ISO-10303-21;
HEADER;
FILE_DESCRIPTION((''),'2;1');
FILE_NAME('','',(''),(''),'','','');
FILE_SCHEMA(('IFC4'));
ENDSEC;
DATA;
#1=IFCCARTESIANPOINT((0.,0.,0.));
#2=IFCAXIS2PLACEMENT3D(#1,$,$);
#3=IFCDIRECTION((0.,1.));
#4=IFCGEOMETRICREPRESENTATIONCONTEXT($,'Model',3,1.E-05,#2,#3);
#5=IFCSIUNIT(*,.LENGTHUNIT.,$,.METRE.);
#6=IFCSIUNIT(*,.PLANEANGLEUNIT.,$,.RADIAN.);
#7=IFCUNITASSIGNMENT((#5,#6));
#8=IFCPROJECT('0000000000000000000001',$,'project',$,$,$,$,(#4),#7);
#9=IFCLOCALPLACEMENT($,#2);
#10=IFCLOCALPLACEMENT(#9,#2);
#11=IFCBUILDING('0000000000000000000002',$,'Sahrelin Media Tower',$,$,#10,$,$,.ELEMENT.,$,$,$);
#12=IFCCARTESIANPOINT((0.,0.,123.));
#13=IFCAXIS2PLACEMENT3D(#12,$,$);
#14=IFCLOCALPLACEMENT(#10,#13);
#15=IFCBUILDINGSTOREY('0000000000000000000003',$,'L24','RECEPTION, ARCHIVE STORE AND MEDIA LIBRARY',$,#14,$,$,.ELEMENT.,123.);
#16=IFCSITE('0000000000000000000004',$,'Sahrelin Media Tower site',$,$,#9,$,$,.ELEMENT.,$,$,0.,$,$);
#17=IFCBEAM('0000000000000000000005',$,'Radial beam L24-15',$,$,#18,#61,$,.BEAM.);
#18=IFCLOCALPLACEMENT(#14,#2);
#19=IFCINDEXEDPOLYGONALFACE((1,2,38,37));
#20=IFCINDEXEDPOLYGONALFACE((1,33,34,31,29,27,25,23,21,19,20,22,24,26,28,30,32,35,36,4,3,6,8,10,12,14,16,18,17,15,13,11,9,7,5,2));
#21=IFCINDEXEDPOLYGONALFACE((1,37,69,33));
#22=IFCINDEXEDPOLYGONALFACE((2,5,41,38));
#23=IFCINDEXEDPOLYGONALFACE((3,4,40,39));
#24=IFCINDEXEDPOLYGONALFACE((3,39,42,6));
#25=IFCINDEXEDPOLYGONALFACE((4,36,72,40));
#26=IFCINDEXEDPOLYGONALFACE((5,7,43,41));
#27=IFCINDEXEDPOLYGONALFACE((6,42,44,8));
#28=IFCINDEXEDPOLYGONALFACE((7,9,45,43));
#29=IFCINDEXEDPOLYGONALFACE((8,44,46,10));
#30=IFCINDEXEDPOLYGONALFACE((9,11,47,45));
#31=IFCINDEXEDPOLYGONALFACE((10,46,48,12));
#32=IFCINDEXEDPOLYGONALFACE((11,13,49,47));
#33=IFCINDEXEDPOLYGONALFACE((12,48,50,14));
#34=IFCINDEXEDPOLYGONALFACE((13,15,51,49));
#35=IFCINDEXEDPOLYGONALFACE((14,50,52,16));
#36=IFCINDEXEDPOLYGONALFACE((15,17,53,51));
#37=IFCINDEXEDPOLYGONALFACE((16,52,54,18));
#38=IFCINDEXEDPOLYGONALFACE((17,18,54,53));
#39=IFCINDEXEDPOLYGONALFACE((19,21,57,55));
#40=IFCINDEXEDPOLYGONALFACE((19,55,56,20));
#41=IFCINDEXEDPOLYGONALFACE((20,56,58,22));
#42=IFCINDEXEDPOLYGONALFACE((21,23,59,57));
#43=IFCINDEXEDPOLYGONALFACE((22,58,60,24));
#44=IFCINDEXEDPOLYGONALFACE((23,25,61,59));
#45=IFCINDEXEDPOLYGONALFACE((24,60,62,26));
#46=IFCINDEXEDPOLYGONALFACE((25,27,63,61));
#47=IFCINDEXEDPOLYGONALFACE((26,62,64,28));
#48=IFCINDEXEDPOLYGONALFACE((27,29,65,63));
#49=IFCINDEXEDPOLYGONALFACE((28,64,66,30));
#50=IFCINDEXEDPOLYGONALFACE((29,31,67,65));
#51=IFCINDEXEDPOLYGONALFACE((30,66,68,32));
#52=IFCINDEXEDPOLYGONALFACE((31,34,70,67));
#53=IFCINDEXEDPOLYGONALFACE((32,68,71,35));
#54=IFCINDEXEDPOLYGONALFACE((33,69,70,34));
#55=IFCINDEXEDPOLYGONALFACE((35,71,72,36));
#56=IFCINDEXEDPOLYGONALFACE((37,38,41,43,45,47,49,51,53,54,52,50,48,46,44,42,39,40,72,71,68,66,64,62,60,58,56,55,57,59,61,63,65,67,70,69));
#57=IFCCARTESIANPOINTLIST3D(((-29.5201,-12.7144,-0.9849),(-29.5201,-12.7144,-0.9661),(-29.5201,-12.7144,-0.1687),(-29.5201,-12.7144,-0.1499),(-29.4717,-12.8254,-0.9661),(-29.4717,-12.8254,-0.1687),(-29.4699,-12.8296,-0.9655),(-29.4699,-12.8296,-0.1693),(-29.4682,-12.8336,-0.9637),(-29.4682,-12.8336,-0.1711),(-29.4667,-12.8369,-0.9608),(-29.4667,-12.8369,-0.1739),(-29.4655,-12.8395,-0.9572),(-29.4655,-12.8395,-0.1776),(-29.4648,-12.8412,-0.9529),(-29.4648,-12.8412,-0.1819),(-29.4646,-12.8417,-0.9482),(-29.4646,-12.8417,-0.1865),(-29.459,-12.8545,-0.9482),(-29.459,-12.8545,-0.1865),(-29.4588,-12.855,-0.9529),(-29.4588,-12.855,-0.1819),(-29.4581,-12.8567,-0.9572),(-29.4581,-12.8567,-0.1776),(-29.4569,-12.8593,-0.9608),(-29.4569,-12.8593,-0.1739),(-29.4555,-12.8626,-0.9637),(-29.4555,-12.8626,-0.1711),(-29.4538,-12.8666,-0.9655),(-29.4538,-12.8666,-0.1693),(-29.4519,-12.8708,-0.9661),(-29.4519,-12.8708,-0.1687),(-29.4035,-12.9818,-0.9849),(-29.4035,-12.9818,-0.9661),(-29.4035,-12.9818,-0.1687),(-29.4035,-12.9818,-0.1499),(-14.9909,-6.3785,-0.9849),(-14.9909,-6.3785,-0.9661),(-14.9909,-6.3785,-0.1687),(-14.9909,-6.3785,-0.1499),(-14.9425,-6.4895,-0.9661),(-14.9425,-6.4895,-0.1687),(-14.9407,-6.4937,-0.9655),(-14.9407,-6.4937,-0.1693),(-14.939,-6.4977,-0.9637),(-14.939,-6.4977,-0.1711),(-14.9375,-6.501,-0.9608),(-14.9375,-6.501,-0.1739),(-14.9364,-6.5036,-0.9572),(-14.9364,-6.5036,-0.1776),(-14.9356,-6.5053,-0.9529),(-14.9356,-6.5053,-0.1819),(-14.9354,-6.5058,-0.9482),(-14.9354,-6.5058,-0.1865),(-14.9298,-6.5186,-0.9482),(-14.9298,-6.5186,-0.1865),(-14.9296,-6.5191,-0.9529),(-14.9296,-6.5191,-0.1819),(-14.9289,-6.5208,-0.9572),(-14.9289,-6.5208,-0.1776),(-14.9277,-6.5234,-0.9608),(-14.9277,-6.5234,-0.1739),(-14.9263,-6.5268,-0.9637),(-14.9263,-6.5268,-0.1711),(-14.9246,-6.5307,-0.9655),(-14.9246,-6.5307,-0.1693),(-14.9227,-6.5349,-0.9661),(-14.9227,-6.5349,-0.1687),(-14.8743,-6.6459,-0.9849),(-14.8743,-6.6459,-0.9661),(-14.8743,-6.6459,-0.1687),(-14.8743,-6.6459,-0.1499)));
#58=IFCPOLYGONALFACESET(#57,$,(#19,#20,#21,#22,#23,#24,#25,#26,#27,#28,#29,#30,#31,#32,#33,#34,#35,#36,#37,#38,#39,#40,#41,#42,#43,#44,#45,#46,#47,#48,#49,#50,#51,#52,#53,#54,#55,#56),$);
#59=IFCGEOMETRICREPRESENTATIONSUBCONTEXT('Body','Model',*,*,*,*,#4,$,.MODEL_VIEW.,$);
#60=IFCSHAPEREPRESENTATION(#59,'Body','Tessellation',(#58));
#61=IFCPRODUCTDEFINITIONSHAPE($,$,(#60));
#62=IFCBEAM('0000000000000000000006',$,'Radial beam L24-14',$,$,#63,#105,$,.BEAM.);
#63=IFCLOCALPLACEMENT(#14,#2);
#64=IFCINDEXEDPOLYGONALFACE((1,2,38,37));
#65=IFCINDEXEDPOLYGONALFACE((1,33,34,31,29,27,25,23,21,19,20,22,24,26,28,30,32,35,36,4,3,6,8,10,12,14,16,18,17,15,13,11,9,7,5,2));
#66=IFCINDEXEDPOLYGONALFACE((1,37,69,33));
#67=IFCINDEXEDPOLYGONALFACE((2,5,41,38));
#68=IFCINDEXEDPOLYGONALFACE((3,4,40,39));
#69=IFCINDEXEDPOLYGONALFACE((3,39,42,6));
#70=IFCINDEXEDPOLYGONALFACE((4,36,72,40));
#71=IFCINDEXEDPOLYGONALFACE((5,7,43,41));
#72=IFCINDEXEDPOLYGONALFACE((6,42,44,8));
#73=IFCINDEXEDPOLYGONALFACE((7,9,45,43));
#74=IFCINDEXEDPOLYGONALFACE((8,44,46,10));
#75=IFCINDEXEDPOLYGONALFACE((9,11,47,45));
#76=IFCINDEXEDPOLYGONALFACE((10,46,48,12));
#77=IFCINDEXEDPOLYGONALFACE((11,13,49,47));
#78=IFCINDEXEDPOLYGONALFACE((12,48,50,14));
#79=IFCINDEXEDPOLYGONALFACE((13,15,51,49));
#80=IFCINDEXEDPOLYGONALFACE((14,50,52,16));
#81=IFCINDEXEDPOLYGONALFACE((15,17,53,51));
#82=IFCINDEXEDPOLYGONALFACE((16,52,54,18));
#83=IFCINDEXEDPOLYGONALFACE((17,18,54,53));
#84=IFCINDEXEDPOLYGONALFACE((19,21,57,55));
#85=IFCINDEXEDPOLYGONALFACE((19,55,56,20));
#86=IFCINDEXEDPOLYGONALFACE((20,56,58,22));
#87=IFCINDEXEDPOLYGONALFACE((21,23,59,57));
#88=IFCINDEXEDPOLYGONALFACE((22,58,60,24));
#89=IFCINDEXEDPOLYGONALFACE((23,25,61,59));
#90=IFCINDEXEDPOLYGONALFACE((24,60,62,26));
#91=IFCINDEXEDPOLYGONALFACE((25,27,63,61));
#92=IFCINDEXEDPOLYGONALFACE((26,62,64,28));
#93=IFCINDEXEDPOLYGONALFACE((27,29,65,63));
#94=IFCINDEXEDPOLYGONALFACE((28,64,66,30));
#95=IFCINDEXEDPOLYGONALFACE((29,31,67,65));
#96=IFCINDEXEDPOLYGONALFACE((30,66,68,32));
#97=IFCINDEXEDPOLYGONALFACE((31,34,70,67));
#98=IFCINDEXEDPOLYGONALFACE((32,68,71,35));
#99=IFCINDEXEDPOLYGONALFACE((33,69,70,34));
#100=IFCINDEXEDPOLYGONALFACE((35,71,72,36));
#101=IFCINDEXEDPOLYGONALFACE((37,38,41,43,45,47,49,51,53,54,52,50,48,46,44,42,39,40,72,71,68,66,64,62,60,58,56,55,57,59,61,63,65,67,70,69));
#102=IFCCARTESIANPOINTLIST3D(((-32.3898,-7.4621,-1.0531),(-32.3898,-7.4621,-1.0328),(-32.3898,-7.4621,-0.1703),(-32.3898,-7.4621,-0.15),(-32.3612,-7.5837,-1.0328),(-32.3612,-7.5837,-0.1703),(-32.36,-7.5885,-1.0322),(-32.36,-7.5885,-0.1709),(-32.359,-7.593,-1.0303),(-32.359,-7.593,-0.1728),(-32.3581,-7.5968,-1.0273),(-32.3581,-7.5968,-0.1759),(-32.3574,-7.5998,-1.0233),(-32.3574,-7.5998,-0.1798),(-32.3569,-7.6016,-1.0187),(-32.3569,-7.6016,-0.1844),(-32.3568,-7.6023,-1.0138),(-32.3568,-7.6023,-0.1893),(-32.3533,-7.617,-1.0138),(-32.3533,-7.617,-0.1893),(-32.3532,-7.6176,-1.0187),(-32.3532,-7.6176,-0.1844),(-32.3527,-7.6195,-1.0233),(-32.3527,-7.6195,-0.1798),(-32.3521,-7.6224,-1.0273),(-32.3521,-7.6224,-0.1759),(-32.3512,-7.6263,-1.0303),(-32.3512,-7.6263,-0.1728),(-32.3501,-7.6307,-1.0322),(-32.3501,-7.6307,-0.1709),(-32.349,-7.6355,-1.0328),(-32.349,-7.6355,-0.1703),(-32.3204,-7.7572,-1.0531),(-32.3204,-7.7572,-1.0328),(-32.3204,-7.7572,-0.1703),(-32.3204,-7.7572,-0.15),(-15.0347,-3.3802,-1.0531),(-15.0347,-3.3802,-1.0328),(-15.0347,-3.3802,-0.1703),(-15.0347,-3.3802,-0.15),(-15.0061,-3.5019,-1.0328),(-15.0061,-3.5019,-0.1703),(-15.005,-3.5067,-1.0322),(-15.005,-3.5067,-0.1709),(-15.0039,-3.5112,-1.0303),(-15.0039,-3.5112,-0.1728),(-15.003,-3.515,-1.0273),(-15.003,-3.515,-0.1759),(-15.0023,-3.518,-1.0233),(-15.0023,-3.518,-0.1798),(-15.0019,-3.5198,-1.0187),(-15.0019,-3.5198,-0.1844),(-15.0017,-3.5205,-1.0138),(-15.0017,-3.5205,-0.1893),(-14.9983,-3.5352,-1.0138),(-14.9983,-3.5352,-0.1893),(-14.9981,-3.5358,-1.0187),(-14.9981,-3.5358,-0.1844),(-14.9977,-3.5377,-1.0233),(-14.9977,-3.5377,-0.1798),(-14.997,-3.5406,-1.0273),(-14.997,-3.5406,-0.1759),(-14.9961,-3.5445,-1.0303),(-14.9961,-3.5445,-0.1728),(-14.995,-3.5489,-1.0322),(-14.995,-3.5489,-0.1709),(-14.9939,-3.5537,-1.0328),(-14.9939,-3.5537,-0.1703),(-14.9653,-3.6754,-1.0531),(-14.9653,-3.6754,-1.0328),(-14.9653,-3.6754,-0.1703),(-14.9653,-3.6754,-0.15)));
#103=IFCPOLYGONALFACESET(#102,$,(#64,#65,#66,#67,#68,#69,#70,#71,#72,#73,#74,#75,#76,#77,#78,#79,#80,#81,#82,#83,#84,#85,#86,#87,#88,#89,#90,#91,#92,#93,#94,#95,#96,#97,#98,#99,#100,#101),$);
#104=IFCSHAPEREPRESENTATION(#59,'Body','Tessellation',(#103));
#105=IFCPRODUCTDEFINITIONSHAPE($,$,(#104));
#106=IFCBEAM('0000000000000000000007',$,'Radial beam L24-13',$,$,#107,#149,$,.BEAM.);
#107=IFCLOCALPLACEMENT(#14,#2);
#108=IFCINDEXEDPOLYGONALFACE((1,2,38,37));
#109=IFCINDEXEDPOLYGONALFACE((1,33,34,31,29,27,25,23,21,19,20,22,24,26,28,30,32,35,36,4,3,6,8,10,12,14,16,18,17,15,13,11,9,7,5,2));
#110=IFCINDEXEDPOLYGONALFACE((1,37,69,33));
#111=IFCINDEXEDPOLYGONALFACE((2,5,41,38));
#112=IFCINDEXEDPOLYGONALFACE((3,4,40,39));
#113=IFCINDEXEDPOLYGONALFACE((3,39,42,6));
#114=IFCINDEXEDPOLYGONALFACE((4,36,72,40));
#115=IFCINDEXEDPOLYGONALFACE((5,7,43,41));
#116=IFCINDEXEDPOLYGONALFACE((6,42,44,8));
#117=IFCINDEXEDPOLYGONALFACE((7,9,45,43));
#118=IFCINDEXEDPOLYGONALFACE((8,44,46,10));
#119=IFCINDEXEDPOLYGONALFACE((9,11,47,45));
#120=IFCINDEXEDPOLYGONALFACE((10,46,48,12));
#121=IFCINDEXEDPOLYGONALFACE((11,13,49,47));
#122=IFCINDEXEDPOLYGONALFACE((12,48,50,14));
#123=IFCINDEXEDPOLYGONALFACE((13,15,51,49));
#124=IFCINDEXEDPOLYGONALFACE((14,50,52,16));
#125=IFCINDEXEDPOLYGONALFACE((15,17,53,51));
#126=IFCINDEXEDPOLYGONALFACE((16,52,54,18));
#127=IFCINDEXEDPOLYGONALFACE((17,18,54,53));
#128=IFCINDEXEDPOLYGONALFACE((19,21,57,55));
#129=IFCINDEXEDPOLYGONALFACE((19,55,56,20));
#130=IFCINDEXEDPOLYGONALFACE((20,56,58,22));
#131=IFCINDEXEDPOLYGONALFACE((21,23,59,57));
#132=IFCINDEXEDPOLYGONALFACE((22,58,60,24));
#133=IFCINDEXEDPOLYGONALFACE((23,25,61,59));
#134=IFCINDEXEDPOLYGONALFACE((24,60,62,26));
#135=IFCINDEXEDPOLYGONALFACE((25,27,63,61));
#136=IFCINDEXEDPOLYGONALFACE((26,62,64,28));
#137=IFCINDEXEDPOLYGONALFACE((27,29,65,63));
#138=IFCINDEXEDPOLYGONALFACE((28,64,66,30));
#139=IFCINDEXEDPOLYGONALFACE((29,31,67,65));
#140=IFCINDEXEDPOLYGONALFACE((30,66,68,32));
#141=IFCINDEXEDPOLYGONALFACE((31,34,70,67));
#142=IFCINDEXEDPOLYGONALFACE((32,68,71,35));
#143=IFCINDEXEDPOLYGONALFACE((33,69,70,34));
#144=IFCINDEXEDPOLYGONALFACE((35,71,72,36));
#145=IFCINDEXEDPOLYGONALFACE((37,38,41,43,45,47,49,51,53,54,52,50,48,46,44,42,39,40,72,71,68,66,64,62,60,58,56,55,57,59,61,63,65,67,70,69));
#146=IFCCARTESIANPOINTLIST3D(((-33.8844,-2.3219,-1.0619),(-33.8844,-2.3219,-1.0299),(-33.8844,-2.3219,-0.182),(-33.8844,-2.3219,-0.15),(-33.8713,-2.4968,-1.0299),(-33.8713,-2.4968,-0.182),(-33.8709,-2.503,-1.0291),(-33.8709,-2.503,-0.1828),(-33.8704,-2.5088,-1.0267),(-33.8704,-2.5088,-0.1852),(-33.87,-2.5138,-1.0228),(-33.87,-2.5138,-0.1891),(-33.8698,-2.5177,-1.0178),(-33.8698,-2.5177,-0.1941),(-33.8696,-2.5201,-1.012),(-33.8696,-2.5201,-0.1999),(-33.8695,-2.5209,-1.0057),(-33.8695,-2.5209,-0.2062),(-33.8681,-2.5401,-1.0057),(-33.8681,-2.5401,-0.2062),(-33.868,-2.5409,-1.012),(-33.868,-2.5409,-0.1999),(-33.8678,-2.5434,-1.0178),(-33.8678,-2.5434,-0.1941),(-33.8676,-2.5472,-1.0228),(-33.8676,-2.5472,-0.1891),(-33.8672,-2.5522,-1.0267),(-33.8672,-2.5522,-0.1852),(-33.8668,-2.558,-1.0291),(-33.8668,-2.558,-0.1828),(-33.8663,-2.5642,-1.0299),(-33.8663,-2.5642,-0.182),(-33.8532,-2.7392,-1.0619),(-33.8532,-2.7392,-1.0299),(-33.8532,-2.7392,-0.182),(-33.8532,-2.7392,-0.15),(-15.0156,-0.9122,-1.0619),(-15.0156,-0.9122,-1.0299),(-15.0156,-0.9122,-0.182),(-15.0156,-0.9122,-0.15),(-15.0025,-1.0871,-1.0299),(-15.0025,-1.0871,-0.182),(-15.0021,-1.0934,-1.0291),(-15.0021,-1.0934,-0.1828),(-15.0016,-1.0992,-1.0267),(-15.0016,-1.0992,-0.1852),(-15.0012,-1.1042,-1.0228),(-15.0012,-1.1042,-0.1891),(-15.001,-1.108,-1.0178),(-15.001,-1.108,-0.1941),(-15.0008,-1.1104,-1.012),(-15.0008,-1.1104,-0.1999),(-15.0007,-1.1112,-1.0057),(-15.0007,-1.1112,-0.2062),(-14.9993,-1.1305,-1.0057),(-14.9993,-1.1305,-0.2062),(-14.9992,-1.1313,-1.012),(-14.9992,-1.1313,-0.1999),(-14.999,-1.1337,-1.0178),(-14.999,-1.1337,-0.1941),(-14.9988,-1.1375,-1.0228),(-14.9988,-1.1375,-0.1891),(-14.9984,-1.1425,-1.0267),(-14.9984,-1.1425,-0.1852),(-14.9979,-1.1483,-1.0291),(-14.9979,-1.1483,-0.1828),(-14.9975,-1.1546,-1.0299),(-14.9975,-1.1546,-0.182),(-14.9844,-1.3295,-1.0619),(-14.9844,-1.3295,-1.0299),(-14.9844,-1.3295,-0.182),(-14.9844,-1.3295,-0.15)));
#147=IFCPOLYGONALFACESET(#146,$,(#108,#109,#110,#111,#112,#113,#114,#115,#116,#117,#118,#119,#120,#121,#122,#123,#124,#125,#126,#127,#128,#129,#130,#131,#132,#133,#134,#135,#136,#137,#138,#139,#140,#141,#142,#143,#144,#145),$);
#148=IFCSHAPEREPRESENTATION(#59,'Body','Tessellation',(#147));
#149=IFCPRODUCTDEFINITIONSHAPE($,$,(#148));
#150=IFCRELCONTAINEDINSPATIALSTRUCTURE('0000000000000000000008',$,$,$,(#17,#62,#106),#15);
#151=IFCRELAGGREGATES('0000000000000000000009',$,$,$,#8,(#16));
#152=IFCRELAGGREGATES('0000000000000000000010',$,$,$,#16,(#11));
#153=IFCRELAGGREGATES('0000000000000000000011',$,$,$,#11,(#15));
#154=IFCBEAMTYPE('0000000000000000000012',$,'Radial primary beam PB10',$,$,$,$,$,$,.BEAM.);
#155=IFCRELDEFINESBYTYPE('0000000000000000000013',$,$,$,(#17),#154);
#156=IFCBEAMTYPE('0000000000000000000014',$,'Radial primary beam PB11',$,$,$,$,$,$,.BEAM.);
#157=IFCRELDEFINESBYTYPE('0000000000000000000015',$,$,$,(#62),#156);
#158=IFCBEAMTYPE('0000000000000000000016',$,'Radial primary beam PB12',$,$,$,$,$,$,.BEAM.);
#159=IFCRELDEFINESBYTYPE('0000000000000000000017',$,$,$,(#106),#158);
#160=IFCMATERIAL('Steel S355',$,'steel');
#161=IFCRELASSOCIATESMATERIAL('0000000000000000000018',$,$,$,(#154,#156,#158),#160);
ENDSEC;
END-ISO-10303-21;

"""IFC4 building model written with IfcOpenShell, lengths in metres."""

from ifc_helpers import new_model, si_unit, direction, frame, origin, origin_2d, place, context, subcontext, project, spatial, i_section, extrude, material, material_profile, profile_set, type_object, element, save


model = new_model("IFC4")

# Units and contexts
model_context = context("Model", 3, precision=1e-05, world=origin(), true_north=direction((0.0, 1.0)))
body_context = subcontext(model_context, "Body", "Model", "MODEL_VIEW")
ifc_project = project(units=[si_unit("LENGTHUNIT", "METRE"), si_unit("PLANEANGLEUNIT", "RADIAN")], contexts=[model_context])

# Site, building, storey
site_placement = place(None, origin())
site = spatial("IfcSite", under=ifc_project, at=site_placement, Name="Sahrelin Media Tower site", CompositionType="ELEMENT", RefElevation=0.0)
building_placement = place(site_placement, origin())
building = spatial("IfcBuilding", under=site, at=building_placement, Name="Sahrelin Media Tower", CompositionType="ELEMENT")
storey_placement = place(building_placement, frame((0.0, 0.0, 123.0)))
storey = spatial("IfcBuildingStorey", under=building, at=storey_placement, Name="L24", Description="RECEPTION, ARCHIVE STORE AND MEDIA LIBRARY", CompositionType="ELEMENT", Elevation=123.0)

# Beams
ifc_material_1 = material(Name="Steel S355", Category="steel")
ifc_material_profile_1 = material_profile(ifc_material_1, i_section(OverallWidth=0.2917, OverallDepth=0.835, WebThickness=0.0139, FlangeThickness=0.0188, FilletRadius=0.0178, at=origin_2d()), Name="UB 838x292x176")
ifc_profile_set_1 = profile_set([ifc_material_profile_1], Name="Steel S355")
beam_type_1 = type_object("IfcBeamType", Name="Radial primary beam PB10", PredefinedType="BEAM", material=ifc_profile_set_1)
beam_1_placement = place(storey_placement, frame((-14.9326, -6.5122, -0.5674), z_axis=(-0.916635, -0.399726, 0.0), x_axis=(0.399726, -0.916635, 0.0)))
element("IfcBeam", 1, at=beam_1_placement, inside=storey, type_object=beam_type_1, Name="Radial beam L24-15", PredefinedType="BEAM", context=body_context, shape_type="SweptSolid", body=[
    extrude(i_section(OverallWidth=0.2917, OverallDepth=0.835, WebThickness=0.0139, FlangeThickness=0.0188, FilletRadius=0.0178, at=origin_2d()), origin(), (0.0, 0.0, 1.0), 15.8506),
])
ifc_material_profile_2 = material_profile(ifc_material_1, i_section(OverallWidth=0.3032, OverallDepth=0.9031, WebThickness=0.0151, FlangeThickness=0.0203, FilletRadius=0.019, at=origin_2d()), Name="UB 914x305x201")
ifc_profile_set_2 = profile_set([ifc_material_profile_2], Name="Steel S355")
beam_type_2 = type_object("IfcBeamType", Name="Radial primary beam PB11", PredefinedType="BEAM", material=ifc_profile_set_2)
beam_2_placement = place(storey_placement, frame((-15.0, -3.5278, -0.6016), z_axis=(-0.973439, -0.228947, 0.0), x_axis=(0.228947, -0.973439, 0.0)))
element("IfcBeam", 2, at=beam_2_placement, inside=storey, type_object=beam_type_2, Name="Radial beam L24-14", PredefinedType="BEAM", context=body_context, shape_type="SweptSolid", body=[
    extrude(i_section(OverallWidth=0.3032, OverallDepth=0.9031, WebThickness=0.0151, FlangeThickness=0.0203, FilletRadius=0.019, at=origin_2d()), origin(), (0.0, 0.0, 1.0), 17.8286),
])
ifc_material_profile_3 = material_profile(ifc_material_1, i_section(OverallWidth=0.4185, OverallDepth=0.9119, WebThickness=0.0193, FlangeThickness=0.032, FilletRadius=0.0242, at=origin_2d()), Name="UB 914x419x343")
ifc_profile_set_3 = profile_set([ifc_material_profile_3], Name="Steel S355")
beam_type_3 = type_object("IfcBeamType", Name="Radial primary beam PB12", PredefinedType="BEAM", material=ifc_profile_set_3)
beam_3_placement = place(storey_placement, frame((-15.0, -1.1208, -0.606), z_axis=(-0.997221, -0.074501, 0.0), x_axis=(0.074501, -0.997221, 0.0)))
element("IfcBeam", 3, at=beam_3_placement, inside=storey, type_object=beam_type_3, Name="Radial beam L24-13", PredefinedType="BEAM", context=body_context, shape_type="SweptSolid", body=[
    extrude(i_section(OverallWidth=0.4185, OverallDepth=0.9119, WebThickness=0.0193, FlangeThickness=0.032, FilletRadius=0.0242, at=origin_2d()), origin(), (0.0, 0.0, 1.0), 18.9214),
])

save(model, "model.ifc")
